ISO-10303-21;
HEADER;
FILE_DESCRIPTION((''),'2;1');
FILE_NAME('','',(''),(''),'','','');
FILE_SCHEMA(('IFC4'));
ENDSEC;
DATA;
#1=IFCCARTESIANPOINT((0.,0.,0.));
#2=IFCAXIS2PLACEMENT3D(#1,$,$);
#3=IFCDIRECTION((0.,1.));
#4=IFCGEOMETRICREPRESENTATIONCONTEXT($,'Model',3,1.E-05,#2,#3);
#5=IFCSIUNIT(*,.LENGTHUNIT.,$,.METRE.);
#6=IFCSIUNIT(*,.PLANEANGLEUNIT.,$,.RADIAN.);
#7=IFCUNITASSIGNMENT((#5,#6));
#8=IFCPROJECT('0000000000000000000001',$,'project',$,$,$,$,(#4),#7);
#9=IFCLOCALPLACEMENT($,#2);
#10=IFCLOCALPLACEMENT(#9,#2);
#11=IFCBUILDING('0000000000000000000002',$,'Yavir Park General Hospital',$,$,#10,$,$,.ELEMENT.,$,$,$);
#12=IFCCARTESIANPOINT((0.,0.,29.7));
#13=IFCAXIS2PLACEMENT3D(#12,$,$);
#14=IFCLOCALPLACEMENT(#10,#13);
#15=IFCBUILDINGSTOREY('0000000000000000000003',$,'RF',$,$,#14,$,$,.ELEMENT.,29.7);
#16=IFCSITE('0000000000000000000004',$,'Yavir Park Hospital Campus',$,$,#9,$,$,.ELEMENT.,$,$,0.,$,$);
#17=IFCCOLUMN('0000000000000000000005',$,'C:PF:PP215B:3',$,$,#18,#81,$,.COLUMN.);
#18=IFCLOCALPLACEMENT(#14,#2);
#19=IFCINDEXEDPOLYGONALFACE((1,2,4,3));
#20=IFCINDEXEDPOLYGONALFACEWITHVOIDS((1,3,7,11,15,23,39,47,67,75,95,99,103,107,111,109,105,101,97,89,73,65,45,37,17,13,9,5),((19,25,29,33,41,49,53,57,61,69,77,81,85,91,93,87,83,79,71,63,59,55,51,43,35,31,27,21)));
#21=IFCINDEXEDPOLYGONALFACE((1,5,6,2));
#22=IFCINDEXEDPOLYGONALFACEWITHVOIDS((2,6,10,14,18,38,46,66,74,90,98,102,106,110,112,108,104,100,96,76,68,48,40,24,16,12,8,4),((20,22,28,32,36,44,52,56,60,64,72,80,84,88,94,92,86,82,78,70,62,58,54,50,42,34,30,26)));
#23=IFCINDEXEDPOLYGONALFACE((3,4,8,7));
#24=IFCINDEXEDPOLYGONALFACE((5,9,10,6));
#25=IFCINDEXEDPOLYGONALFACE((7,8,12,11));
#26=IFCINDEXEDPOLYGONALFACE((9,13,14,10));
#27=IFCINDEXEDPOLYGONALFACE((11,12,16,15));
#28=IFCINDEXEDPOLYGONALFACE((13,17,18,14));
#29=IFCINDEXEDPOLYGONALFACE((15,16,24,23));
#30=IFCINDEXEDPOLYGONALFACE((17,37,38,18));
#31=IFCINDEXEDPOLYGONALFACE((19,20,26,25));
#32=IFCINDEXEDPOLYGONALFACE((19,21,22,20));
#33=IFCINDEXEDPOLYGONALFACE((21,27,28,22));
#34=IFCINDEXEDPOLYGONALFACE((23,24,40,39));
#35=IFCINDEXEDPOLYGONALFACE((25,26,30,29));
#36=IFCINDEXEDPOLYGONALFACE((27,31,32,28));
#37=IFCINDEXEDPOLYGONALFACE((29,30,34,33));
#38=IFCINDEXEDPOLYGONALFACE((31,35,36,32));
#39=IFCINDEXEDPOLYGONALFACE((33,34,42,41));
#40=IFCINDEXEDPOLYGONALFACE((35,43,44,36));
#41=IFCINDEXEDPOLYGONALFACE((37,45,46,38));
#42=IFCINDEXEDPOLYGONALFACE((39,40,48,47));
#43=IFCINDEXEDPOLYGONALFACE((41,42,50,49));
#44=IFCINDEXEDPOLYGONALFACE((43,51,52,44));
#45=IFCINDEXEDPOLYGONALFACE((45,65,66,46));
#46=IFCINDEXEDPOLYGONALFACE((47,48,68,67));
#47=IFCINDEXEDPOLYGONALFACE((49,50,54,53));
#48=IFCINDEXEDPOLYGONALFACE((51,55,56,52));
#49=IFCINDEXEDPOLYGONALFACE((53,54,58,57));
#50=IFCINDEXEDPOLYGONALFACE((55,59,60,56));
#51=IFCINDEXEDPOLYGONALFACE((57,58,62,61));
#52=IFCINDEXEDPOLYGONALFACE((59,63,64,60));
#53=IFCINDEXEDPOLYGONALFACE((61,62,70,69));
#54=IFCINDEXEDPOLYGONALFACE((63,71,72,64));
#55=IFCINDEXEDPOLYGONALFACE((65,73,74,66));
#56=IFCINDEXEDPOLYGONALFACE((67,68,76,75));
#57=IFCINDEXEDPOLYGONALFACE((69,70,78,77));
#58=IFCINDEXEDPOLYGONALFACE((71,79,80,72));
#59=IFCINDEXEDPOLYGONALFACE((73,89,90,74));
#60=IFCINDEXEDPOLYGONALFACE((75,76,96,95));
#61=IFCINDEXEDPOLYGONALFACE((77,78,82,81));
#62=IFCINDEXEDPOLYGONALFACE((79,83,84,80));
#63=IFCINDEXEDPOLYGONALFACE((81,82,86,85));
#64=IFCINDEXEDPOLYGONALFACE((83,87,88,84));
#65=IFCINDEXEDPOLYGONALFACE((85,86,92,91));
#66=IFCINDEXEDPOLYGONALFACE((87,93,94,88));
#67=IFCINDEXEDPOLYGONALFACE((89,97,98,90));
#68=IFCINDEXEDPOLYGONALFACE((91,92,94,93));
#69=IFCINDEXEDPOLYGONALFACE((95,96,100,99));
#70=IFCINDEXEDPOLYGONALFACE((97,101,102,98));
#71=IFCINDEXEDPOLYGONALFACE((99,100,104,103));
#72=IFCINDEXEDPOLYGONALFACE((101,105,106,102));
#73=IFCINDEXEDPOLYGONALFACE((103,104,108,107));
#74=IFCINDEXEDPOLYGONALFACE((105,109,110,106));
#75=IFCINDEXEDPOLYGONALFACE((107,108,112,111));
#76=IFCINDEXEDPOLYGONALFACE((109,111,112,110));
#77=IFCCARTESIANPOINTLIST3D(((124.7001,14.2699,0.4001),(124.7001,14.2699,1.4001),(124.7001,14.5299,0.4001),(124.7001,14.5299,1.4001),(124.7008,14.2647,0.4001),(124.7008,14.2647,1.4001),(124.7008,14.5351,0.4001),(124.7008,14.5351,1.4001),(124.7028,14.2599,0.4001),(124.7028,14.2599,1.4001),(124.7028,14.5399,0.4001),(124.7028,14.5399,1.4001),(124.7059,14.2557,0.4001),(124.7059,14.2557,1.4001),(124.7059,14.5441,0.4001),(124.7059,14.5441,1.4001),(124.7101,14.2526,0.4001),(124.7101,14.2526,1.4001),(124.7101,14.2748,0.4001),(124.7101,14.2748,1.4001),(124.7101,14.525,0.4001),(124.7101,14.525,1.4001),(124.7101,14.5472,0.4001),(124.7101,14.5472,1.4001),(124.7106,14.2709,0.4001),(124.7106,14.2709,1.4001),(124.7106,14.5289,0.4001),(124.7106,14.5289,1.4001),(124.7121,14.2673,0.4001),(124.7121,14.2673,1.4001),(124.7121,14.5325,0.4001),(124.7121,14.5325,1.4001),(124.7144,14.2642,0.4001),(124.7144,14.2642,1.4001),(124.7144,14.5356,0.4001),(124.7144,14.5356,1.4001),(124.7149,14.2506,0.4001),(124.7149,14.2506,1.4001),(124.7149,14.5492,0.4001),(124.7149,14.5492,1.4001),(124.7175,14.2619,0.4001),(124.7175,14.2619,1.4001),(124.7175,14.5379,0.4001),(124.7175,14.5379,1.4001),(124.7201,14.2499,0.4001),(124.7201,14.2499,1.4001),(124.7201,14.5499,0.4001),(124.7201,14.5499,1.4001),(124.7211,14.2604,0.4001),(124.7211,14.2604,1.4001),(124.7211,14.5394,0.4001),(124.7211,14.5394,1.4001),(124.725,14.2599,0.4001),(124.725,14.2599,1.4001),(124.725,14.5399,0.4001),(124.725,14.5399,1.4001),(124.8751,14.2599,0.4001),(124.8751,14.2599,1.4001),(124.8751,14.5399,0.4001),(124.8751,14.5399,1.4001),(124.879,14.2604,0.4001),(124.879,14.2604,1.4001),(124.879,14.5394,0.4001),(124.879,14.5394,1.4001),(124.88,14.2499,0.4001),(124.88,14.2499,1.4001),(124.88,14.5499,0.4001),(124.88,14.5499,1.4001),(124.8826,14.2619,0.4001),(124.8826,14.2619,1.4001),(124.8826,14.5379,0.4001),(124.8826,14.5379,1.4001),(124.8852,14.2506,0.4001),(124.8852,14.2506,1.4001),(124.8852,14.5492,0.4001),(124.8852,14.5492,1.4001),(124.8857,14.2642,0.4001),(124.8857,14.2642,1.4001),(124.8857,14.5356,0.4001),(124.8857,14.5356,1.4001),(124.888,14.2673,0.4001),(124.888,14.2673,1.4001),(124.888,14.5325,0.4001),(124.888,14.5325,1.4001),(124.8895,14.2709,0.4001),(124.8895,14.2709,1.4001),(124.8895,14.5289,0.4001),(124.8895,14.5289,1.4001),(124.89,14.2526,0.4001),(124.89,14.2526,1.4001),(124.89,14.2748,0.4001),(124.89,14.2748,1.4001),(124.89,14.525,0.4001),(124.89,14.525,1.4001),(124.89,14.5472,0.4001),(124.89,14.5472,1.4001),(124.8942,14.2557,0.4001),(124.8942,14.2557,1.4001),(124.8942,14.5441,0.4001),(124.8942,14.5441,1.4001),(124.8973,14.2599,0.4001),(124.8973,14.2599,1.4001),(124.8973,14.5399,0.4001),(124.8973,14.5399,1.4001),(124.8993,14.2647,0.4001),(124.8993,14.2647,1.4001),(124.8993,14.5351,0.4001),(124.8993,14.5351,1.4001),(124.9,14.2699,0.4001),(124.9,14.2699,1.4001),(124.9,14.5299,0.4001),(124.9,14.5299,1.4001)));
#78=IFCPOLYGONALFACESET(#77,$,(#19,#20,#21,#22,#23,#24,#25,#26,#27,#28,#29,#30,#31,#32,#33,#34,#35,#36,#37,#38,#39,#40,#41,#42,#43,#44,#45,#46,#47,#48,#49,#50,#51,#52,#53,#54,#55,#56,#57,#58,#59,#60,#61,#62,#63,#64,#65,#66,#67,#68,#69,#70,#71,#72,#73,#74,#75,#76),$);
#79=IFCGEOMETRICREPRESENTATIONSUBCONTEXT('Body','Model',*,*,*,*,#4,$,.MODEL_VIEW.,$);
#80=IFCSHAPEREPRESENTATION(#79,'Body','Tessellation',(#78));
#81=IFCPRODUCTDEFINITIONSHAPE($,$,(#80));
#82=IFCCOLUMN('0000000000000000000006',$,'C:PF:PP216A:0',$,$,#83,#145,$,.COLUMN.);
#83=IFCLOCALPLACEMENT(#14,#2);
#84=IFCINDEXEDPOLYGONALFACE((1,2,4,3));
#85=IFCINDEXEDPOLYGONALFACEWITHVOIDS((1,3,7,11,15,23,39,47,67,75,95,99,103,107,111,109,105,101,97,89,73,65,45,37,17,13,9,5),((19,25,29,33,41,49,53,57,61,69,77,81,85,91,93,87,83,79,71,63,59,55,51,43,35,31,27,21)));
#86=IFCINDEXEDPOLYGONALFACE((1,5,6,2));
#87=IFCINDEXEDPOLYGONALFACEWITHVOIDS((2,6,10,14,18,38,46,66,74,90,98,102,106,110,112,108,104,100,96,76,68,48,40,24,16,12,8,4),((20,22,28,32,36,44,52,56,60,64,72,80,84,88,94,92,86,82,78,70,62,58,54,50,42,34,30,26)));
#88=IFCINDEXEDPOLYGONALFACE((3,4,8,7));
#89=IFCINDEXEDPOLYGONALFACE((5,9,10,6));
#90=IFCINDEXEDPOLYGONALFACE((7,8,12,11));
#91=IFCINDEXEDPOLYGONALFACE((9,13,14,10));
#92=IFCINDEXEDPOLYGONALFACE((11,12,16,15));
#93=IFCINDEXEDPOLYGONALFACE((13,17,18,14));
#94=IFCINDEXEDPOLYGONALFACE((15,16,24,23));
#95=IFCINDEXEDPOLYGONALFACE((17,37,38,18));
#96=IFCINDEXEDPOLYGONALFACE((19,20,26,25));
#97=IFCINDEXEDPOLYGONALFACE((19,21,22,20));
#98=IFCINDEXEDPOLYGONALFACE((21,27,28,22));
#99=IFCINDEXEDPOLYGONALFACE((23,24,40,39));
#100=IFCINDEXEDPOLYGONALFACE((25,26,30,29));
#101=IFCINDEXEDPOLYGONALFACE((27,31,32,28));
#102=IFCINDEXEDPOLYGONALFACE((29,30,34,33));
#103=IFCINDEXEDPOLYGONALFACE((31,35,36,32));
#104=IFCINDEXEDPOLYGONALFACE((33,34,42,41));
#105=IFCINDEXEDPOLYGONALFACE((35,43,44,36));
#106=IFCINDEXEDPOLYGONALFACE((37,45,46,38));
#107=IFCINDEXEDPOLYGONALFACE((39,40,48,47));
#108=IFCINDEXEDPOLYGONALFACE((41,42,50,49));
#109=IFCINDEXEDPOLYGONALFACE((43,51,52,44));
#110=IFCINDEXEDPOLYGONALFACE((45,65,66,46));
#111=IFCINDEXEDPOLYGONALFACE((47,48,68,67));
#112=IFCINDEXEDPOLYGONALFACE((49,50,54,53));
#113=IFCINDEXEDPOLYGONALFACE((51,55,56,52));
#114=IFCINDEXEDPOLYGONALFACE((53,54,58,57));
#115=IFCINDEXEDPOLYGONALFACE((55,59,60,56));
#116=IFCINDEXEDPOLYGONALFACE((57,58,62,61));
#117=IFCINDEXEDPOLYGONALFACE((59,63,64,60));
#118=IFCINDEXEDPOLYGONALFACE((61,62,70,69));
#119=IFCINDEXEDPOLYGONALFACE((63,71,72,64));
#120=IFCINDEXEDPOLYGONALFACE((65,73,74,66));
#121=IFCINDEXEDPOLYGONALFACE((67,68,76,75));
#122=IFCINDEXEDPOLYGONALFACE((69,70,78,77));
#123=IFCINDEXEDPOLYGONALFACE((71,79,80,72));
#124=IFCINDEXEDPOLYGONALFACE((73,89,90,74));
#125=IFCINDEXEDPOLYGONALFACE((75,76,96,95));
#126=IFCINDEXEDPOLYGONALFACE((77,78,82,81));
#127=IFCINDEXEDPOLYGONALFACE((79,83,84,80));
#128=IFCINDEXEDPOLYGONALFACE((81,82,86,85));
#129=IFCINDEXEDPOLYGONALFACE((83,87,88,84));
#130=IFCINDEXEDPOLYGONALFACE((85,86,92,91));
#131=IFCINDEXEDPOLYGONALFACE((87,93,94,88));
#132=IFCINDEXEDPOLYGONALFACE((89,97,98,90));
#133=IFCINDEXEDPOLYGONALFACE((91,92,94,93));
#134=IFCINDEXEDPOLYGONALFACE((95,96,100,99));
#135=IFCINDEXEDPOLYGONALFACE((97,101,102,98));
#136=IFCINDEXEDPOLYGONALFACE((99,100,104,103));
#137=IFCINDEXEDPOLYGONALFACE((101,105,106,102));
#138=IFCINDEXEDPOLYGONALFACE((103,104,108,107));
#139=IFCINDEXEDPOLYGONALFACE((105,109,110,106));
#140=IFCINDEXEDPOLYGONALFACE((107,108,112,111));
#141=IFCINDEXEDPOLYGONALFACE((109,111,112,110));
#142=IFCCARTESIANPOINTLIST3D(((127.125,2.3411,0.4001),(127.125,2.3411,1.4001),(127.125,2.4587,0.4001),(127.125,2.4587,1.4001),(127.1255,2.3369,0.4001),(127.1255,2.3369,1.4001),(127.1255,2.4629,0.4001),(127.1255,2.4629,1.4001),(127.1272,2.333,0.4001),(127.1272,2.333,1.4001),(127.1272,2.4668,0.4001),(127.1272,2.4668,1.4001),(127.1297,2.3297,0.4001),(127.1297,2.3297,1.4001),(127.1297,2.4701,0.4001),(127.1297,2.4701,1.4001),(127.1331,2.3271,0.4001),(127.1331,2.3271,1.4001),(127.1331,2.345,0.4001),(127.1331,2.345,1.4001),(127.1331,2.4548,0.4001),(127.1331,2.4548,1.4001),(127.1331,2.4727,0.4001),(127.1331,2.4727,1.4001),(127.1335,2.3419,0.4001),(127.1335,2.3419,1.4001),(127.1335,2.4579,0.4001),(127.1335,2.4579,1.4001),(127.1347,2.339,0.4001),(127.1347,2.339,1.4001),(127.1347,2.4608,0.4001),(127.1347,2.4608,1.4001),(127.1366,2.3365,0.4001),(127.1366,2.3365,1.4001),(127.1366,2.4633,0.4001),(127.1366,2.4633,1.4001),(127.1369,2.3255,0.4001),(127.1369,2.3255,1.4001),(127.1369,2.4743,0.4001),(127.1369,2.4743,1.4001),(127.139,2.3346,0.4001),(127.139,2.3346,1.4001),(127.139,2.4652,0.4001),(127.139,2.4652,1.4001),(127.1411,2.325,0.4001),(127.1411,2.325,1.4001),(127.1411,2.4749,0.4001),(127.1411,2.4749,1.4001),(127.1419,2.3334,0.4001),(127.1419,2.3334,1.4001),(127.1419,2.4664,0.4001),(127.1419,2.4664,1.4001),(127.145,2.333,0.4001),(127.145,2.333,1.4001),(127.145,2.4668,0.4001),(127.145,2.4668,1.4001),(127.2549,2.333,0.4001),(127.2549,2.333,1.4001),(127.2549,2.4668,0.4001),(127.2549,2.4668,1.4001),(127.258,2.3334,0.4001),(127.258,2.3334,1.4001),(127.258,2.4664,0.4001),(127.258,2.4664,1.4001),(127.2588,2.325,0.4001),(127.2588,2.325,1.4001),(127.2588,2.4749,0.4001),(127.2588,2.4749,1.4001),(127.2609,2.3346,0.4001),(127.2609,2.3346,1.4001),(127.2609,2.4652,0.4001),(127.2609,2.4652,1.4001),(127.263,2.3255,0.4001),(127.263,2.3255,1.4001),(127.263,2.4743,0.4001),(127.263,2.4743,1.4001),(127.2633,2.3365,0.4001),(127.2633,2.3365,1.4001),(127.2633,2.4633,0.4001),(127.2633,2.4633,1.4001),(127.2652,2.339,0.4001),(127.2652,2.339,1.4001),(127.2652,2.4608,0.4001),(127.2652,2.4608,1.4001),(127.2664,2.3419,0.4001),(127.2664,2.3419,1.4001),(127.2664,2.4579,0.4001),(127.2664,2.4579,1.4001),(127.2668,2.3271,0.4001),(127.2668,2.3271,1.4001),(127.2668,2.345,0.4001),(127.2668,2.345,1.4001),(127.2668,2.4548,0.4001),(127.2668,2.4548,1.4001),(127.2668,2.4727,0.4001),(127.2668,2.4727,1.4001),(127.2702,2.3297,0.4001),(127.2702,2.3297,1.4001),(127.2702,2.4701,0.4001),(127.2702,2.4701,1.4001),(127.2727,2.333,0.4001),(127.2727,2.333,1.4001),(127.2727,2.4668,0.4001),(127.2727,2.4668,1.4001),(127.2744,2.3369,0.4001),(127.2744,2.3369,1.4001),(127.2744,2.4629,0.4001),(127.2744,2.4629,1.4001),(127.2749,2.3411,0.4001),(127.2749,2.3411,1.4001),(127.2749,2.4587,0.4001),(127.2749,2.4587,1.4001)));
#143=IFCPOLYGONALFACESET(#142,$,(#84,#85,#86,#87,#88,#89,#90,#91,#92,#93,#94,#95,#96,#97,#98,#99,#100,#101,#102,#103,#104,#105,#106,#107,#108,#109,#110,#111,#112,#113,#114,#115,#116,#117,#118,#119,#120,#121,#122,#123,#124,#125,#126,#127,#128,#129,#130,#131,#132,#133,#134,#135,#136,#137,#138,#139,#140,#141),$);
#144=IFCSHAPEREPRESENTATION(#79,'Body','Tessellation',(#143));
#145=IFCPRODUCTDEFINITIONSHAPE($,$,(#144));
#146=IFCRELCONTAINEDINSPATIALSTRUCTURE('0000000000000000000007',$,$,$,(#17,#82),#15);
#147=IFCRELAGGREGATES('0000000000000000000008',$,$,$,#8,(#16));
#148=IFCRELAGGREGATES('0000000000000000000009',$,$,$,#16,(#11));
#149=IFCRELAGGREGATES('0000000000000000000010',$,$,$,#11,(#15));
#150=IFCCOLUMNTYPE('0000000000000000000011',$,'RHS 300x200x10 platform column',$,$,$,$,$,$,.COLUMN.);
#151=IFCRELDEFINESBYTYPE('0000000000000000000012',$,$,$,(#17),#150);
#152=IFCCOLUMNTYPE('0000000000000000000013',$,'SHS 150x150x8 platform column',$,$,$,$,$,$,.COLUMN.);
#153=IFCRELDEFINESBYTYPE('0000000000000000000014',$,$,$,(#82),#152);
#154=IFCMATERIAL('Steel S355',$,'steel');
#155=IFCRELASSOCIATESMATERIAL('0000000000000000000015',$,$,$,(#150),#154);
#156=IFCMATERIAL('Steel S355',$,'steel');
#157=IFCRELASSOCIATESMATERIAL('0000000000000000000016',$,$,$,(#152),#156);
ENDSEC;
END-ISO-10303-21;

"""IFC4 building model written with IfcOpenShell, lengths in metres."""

from ifc_helpers import new_model, si_unit, direction, frame, origin, origin_2d, place, context, subcontext, project, spatial, hollow_rectangle, extrude, material, material_profile, profile_set, type_object, element, save


model = new_model("IFC4")

# Units and contexts
model_context = context("Model", 3, precision=1e-05, world=origin(), true_north=direction((0.0, 1.0)))
body_context = subcontext(model_context, "Body", "Model", "MODEL_VIEW")
ifc_project = project(units=[si_unit("LENGTHUNIT", "METRE"), si_unit("PLANEANGLEUNIT", "RADIAN")], contexts=[model_context])

# Site, building, storey
site_placement = place(None, origin())
site = spatial("IfcSite", under=ifc_project, at=site_placement, Name="Yavir Park Hospital Campus", CompositionType="ELEMENT", RefElevation=0.0)
building_placement = place(site_placement, origin())
building = spatial("IfcBuilding", under=site, at=building_placement, Name="Yavir Park General Hospital", CompositionType="ELEMENT")
storey_placement = place(building_placement, frame((0.0, 0.0, 29.7)))
storey = spatial("IfcBuildingStorey", under=building, at=storey_placement, Name="RF", CompositionType="ELEMENT", Elevation=29.7)

# Columns
ifc_material_1 = material(Name="Steel S355", Category="steel")
ifc_material_profile_1 = material_profile(ifc_material_1, hollow_rectangle(XDim=0.2, YDim=0.3, WallThickness=0.01, InnerFilletRadius=0.0149, OuterFilletRadius=0.02, at=origin_2d()), Name="RHS300x200x10")
ifc_profile_set_1 = profile_set([ifc_material_profile_1], Name="Steel S355")
column_type_1 = type_object("IfcColumnType", Name="RHS 300x200x10 platform column", PredefinedType="COLUMN", material=ifc_profile_set_1)
for number, where, z_axis, x_axis, name in (
    (1, (124.8, 14.3999, 0.4001), (0.0, 0.0, 1.0), (1.0, 0.0, 0.0), "C:PF:PP215B:3"),
):
    element("IfcColumn", number, at=place(storey_placement, frame(where, z_axis=z_axis, x_axis=x_axis)), inside=storey, type_object=column_type_1, Name=name, PredefinedType="COLUMN", context=body_context, shape_type="SweptSolid", body=[
        extrude(hollow_rectangle(XDim=0.2, YDim=0.3, WallThickness=0.01, InnerFilletRadius=0.0149, OuterFilletRadius=0.02, at=origin_2d()), origin(), (0.0, 0.0, 1.0), 1.0),
    ])
ifc_material_2 = material(Name="Steel S355", Category="steel")
ifc_material_profile_2 = material_profile(ifc_material_2, hollow_rectangle(XDim=0.1499, YDim=0.1499, WallThickness=0.0081, InnerFilletRadius=0.012, OuterFilletRadius=0.0161, at=origin_2d()), Name="SHS150x150x8")
ifc_profile_set_2 = profile_set([ifc_material_profile_2], Name="Steel S355")
column_type_2 = type_object("IfcColumnType", Name="SHS 150x150x8 platform column", PredefinedType="COLUMN", material=ifc_profile_set_2)
for number, where, z_axis, x_axis, name in (
    (2, (127.2, 2.3999, 0.4001), (0.0, 0.0, 1.0), (1.0, 0.0, 0.0), "C:PF:PP216A:0"),
):
    element("IfcColumn", number, at=place(storey_placement, frame(where, z_axis=z_axis, x_axis=x_axis)), inside=storey, type_object=column_type_2, Name=name, PredefinedType="COLUMN", context=body_context, shape_type="SweptSolid", body=[
        extrude(hollow_rectangle(XDim=0.1499, YDim=0.1499, WallThickness=0.0081, InnerFilletRadius=0.012, OuterFilletRadius=0.0161, at=origin_2d()), origin(), (0.0, 0.0, 1.0), 1.0),
    ])

save(model, "model.ifc")
